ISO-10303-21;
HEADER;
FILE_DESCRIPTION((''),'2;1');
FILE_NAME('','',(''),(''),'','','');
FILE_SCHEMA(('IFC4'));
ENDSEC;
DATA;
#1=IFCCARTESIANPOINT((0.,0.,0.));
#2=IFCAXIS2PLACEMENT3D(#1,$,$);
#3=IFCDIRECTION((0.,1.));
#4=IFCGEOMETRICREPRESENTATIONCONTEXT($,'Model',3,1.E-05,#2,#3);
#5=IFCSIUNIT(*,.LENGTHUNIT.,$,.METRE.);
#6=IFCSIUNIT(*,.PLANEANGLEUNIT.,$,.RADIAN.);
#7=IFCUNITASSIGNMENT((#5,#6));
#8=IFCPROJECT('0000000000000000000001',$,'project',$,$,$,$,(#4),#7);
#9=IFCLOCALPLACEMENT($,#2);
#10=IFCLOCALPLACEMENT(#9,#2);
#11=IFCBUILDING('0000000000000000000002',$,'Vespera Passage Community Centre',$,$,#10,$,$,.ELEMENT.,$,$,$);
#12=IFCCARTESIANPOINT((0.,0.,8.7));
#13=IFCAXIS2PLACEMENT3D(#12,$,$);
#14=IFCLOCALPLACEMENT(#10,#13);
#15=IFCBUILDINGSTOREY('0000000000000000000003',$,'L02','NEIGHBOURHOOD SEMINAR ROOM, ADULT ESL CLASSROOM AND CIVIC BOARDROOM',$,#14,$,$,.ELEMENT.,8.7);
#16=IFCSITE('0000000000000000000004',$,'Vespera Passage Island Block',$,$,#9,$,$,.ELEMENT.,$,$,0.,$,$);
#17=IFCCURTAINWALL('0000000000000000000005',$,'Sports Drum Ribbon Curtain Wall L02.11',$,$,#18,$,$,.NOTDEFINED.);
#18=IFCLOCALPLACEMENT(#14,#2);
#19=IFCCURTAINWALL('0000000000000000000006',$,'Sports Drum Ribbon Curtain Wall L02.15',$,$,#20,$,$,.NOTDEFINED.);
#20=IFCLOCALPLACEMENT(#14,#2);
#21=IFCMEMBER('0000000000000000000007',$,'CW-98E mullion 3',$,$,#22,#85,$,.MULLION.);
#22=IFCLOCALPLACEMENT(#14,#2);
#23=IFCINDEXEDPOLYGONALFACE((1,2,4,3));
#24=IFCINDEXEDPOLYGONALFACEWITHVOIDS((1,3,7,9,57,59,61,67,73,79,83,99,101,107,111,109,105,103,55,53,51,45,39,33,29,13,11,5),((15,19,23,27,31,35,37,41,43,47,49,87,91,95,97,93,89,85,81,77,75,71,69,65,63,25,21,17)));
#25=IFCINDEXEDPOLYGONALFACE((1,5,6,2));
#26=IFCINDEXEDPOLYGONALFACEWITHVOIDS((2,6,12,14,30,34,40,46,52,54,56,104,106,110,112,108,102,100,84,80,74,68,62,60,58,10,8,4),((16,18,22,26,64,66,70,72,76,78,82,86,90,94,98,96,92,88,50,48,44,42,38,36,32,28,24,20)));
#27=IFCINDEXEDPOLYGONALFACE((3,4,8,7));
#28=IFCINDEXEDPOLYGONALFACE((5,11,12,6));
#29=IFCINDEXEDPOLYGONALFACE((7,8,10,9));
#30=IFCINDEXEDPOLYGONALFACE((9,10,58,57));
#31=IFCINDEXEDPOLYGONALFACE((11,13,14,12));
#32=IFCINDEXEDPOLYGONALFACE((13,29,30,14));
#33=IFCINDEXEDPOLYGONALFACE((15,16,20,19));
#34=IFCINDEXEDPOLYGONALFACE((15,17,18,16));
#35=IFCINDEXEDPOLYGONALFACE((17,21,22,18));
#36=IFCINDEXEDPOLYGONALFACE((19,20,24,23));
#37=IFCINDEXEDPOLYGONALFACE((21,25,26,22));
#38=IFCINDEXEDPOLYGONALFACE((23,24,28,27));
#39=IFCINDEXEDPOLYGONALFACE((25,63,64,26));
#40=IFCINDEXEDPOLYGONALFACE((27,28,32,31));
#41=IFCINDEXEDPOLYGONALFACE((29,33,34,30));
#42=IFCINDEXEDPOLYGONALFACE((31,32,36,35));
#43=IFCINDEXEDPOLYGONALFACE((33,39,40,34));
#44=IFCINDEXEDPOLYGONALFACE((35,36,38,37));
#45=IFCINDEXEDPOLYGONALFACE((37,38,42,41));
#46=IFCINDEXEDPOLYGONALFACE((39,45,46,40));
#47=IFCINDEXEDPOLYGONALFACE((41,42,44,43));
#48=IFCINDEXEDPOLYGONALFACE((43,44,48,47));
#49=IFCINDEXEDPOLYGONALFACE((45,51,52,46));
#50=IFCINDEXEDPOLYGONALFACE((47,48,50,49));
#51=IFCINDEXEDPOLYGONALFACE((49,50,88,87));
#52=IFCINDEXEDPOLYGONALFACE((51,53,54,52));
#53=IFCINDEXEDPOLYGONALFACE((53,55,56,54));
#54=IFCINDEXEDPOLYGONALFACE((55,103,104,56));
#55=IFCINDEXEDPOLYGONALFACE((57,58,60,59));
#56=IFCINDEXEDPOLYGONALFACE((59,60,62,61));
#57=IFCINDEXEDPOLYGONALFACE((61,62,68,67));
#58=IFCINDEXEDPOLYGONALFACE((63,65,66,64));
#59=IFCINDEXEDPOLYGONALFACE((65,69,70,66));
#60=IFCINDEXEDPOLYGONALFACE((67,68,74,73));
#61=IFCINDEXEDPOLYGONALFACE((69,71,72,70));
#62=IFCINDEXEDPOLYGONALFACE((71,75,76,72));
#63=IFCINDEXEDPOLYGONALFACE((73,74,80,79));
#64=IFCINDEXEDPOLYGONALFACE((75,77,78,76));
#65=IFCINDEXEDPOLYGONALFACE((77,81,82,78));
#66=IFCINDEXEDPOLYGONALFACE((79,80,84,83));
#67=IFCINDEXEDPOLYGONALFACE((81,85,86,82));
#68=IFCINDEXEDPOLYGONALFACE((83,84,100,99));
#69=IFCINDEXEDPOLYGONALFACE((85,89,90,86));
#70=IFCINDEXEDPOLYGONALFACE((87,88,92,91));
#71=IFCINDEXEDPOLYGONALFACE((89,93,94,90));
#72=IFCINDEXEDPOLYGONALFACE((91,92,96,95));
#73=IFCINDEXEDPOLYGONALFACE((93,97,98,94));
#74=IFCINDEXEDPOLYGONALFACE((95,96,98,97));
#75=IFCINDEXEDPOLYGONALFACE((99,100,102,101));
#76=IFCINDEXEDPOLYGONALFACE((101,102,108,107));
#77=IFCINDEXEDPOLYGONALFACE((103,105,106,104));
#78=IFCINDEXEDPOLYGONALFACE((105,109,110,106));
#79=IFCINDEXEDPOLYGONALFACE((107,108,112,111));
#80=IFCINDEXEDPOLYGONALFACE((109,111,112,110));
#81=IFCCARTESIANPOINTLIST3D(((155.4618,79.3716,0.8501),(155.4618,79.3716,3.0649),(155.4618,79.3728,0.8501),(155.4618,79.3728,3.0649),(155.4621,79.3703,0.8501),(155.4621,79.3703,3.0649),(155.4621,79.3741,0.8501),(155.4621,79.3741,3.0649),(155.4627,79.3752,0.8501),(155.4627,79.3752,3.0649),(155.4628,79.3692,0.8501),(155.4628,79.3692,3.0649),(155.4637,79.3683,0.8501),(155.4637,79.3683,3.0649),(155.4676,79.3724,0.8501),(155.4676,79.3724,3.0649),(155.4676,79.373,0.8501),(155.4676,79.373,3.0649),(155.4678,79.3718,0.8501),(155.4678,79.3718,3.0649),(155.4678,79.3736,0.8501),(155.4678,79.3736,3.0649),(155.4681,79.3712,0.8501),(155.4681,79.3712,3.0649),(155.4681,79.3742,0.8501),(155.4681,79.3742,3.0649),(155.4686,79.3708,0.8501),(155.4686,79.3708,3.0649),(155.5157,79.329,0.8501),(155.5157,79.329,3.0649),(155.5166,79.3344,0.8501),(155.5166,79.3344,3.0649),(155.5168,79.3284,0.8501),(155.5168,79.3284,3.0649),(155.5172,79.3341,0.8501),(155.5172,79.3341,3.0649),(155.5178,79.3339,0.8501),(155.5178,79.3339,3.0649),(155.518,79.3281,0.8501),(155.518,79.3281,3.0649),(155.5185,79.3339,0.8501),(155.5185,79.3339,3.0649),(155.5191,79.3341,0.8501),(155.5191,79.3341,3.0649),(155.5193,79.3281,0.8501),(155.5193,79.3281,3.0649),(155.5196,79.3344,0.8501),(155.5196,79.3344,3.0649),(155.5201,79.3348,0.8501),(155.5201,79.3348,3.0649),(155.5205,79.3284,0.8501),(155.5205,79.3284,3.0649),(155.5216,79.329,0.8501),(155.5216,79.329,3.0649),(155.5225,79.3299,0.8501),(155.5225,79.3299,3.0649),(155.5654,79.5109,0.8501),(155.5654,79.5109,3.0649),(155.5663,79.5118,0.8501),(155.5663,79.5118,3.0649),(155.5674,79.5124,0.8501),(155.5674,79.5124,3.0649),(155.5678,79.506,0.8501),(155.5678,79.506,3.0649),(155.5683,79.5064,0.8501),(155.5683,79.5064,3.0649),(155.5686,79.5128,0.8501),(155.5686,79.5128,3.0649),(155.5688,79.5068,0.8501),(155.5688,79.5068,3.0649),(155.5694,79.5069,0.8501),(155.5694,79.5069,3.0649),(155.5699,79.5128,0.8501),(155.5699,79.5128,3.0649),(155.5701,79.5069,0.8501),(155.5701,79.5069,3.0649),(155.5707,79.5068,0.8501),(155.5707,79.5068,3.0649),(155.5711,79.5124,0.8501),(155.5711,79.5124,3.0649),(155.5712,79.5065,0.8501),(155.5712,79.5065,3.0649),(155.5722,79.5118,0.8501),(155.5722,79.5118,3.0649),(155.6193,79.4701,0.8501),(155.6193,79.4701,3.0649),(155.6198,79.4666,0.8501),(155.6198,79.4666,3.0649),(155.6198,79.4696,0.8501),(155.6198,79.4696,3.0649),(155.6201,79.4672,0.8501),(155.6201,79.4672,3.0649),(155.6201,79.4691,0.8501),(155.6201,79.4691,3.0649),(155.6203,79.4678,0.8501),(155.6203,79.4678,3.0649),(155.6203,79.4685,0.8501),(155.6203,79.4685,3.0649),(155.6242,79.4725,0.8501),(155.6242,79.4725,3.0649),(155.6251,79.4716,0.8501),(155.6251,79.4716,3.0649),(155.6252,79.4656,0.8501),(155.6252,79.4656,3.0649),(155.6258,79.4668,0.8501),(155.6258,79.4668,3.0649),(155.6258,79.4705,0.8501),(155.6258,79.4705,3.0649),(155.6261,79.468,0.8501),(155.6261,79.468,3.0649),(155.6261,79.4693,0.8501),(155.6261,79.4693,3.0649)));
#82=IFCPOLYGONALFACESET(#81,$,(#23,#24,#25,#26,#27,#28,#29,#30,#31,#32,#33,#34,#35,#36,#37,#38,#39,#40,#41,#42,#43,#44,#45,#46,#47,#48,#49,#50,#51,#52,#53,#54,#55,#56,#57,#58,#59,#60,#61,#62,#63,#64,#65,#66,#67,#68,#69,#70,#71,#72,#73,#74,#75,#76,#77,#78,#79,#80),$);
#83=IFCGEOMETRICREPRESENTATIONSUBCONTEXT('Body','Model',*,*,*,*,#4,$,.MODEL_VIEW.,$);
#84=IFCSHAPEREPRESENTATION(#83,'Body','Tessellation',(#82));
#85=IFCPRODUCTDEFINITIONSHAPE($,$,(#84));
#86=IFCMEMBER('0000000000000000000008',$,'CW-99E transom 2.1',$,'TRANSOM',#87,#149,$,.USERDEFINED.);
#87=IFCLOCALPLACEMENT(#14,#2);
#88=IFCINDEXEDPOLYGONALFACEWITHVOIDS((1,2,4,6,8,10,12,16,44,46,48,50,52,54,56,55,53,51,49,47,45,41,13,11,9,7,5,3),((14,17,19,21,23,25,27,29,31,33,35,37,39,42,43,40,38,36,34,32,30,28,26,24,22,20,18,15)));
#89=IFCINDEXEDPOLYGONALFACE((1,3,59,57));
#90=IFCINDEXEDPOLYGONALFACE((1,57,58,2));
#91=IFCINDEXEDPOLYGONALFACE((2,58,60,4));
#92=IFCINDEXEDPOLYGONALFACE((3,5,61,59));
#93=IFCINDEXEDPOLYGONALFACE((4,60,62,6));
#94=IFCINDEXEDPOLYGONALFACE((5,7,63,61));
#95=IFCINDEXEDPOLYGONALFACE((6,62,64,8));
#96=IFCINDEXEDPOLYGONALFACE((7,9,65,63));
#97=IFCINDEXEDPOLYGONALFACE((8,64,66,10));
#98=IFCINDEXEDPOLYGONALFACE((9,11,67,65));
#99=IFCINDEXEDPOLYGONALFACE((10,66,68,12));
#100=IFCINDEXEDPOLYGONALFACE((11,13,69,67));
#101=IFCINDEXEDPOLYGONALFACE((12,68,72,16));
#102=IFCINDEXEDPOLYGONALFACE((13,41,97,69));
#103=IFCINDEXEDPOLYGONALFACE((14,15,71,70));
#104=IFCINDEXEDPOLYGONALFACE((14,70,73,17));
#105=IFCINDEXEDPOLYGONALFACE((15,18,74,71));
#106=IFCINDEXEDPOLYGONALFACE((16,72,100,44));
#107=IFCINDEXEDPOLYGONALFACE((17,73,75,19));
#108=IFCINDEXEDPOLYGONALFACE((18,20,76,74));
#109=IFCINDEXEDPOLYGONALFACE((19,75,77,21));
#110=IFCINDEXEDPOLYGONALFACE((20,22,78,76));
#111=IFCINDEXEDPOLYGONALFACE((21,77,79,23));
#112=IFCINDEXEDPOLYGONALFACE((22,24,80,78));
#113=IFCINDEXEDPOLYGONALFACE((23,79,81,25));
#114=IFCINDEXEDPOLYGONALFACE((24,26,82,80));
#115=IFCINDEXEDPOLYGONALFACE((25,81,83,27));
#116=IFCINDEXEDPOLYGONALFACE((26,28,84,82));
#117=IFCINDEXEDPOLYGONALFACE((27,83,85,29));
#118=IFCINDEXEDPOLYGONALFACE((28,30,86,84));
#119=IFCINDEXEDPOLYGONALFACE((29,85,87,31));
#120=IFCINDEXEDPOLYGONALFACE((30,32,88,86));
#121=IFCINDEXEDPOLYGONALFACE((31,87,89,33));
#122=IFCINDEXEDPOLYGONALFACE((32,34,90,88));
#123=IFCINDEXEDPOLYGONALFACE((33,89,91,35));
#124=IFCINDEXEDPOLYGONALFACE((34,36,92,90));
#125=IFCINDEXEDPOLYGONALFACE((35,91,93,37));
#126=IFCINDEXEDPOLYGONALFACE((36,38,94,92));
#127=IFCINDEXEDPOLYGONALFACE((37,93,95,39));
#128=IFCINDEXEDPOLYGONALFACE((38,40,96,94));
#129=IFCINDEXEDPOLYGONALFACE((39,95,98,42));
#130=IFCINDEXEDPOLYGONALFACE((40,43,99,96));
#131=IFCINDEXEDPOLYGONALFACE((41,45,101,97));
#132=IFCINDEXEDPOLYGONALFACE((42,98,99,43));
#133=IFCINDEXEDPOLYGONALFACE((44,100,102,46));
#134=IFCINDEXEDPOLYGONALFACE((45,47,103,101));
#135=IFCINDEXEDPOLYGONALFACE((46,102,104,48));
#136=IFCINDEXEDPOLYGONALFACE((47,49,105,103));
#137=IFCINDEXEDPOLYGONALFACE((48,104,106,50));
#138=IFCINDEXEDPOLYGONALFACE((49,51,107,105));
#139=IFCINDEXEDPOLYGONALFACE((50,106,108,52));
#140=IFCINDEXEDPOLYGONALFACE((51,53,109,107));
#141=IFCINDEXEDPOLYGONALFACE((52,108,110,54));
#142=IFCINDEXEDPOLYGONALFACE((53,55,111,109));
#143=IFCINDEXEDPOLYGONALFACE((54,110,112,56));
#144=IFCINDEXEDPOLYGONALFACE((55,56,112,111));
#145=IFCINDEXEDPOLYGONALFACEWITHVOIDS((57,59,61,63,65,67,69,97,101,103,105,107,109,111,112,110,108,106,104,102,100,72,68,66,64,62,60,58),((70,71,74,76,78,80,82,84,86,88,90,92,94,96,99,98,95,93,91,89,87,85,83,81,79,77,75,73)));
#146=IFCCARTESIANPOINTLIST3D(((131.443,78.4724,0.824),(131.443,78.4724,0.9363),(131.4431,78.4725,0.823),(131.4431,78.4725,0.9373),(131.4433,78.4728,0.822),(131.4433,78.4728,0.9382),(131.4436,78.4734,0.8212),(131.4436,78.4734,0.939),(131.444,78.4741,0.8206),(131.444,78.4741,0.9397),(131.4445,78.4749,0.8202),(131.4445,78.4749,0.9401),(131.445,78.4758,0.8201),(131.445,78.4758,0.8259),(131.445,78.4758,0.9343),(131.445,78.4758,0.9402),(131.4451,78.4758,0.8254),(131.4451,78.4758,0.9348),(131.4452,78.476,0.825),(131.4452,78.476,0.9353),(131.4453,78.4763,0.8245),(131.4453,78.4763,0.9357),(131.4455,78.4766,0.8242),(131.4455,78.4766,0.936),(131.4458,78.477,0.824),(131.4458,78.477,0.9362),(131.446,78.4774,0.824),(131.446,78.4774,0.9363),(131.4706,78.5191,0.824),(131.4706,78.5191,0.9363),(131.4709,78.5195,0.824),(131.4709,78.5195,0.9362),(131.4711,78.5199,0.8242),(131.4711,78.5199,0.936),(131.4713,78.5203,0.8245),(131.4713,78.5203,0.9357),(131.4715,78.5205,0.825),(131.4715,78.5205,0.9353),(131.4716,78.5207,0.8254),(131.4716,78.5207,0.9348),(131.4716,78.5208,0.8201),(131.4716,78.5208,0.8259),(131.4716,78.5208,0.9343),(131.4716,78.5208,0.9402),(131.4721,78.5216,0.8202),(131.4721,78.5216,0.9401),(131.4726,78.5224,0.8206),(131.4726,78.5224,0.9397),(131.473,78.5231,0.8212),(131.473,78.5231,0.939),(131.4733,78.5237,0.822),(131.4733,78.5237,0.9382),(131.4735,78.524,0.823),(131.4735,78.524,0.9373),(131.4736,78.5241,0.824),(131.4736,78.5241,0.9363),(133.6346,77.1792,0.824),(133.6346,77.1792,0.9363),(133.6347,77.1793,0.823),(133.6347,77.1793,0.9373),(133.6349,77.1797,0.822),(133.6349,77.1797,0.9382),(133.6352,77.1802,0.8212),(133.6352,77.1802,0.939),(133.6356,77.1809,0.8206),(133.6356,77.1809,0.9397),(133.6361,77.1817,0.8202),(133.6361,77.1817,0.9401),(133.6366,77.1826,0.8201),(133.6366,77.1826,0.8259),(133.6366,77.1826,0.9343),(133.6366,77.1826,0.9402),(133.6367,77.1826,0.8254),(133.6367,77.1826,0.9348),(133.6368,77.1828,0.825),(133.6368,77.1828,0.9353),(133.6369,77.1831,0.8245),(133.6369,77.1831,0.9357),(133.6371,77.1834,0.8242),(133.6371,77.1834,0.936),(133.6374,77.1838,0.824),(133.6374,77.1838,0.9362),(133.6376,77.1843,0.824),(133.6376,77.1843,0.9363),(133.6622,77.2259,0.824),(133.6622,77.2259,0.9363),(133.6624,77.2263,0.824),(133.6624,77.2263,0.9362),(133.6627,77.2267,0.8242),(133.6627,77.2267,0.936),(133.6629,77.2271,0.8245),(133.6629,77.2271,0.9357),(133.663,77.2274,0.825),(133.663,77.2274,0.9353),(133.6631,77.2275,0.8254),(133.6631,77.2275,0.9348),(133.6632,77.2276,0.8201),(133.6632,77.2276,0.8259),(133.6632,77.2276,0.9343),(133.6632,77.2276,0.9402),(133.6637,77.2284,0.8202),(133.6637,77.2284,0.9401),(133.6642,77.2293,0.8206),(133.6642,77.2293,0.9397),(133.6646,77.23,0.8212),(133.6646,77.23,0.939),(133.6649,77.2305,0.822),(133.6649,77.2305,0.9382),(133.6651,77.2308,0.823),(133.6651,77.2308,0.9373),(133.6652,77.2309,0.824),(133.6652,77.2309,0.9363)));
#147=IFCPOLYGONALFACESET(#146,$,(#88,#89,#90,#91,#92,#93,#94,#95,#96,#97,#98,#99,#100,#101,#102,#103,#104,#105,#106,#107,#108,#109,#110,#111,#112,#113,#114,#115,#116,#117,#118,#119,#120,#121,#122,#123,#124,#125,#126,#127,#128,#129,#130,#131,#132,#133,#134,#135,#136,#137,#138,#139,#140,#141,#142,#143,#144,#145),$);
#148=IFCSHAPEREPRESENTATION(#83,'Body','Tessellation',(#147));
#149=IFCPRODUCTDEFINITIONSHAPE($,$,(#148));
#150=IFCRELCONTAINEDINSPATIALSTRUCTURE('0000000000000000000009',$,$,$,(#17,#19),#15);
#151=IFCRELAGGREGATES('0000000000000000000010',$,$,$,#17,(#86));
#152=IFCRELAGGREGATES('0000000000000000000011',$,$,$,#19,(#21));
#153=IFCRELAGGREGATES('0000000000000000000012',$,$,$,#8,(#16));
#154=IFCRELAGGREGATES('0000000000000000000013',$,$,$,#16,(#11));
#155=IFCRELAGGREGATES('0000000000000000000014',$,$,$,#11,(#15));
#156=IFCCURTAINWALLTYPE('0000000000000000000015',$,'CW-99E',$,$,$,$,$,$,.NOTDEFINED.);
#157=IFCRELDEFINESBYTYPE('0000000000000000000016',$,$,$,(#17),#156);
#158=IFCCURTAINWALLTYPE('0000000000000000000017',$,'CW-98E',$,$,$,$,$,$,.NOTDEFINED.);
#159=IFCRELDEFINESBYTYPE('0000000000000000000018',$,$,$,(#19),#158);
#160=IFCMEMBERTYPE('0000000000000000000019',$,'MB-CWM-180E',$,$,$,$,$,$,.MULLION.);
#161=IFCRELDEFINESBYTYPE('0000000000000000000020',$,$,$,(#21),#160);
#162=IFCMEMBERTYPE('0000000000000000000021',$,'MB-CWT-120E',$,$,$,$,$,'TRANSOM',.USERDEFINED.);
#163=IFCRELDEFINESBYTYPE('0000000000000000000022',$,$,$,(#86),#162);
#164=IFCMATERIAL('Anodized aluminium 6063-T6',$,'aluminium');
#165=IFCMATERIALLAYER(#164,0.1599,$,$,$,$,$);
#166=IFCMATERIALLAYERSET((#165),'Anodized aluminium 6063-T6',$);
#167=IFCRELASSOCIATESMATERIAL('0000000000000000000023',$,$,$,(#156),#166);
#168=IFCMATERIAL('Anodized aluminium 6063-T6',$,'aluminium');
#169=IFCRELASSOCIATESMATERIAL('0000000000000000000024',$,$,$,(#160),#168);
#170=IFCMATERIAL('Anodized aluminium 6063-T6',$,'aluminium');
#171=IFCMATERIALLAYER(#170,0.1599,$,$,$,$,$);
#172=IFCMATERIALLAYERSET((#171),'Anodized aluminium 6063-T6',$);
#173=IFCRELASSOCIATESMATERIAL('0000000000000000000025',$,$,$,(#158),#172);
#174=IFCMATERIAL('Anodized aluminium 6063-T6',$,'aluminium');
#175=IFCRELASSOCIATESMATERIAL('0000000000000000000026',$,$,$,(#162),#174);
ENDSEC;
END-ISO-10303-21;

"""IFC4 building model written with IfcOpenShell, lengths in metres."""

from ifc_helpers import new_model, si_unit, direction, frame, origin, origin_2d, place, context, subcontext, project, spatial, hollow_rectangle, extrude, material, layer, layer_set, material_profile, profile_set, type_object, element, aggregate, save


model = new_model("IFC4")

# Units and contexts
model_context = context("Model", 3, precision=1e-05, world=origin(), true_north=direction((0.0, 1.0)))
body_context = subcontext(model_context, "Body", "Model", "MODEL_VIEW")
ifc_project = project(units=[si_unit("LENGTHUNIT", "METRE"), si_unit("PLANEANGLEUNIT", "RADIAN")], contexts=[model_context])

# Site, building, storey
site_placement = place(None, origin())
site = spatial("IfcSite", under=ifc_project, at=site_placement, Name="Vespera Passage Island Block", CompositionType="ELEMENT", RefElevation=0.0)
building_placement = place(site_placement, origin())
building = spatial("IfcBuilding", under=site, at=building_placement, Name="Vespera Passage Community Centre", CompositionType="ELEMENT")
storey_placement = place(building_placement, frame((0.0, 0.0, 8.7)))
storey = spatial("IfcBuildingStorey", under=building, at=storey_placement, Name="L02", Description="NEIGHBOURHOOD SEMINAR ROOM, ADULT ESL CLASSROOM AND CIVIC BOARDROOM", CompositionType="ELEMENT", Elevation=8.7)

# Curtain wall
ifc_material_1 = material(Name="Anodized aluminium 6063-T6", Category="aluminium")
ifc_layer_1 = layer(ifc_material_1, 0.1599)
ifc_layer_set_1 = layer_set([ifc_layer_1], Name="Anodized aluminium 6063-T6")
curtain_wall_type_1 = type_object("IfcCurtainWallType", Name="CW-99E", PredefinedType="NOTDEFINED", material=ifc_layer_set_1)
curtain_wall_1_placement = place(storey_placement, origin())
curtain_wall_1 = element("IfcCurtainWall", 1, at=curtain_wall_1_placement, inside=storey, type_object=curtain_wall_type_1, Name="Sports Drum Ribbon Curtain Wall L02.11", PredefinedType="NOTDEFINED")
ifc_material_2 = material(Name="Anodized aluminium 6063-T6", Category="aluminium")
ifc_material_profile_1 = material_profile(ifc_material_2, hollow_rectangle(XDim=0.075, YDim=0.1799, WallThickness=0.0049, InnerFilletRadius=0.0024, OuterFilletRadius=0.0049, at=origin_2d()), Name="ALU180X75X5")
ifc_profile_set_1 = profile_set([ifc_material_profile_1], Name="Anodized aluminium 6063-T6")
member_type_1 = type_object("IfcMemberType", Name="MB-CWM-180E", PredefinedType="MULLION", material=ifc_profile_set_1)

# Curtain wall, member
ifc_material_3 = material(Name="Anodized aluminium 6063-T6", Category="aluminium")
ifc_layer_2 = layer(ifc_material_3, 0.1599)
ifc_layer_set_2 = layer_set([ifc_layer_2], Name="Anodized aluminium 6063-T6")
curtain_wall_type_2 = type_object("IfcCurtainWallType", Name="CW-98E", PredefinedType="NOTDEFINED", material=ifc_layer_set_2)
curtain_wall_2_placement = place(storey_placement, origin())
curtain_wall_2 = element("IfcCurtainWall", 2, at=curtain_wall_2_placement, inside=storey, type_object=curtain_wall_type_2, Name="Sports Drum Ribbon Curtain Wall L02.15", PredefinedType="NOTDEFINED")
member_1_placement = place(storey_placement, frame((155.5439, 79.4204, 0.8501), z_axis=(0.0, 0.0, 1.0), x_axis=(0.797434, -0.603406, 0.0)))
member_1 = element("IfcMember", 3, at=member_1_placement, type_object=member_type_1, Name="CW-98E mullion 3", PredefinedType="MULLION", context=body_context, shape_type="SweptSolid", body=[
    extrude(hollow_rectangle(XDim=0.075, YDim=0.1799, WallThickness=0.0049, InnerFilletRadius=0.0024, OuterFilletRadius=0.0049, at=origin_2d()), origin(), (0.0, 0.0, 1.0), 2.2148),
])

# Member
ifc_material_4 = material(Name="Anodized aluminium 6063-T6", Category="aluminium")
ifc_material_profile_2 = material_profile(ifc_material_4, hollow_rectangle(XDim=0.0601, YDim=0.1201, WallThickness=0.0039, InnerFilletRadius=0.002, OuterFilletRadius=0.0039, at=origin_2d()), Name="ALU120X60X4")
ifc_profile_set_2 = profile_set([ifc_material_profile_2], Name="Anodized aluminium 6063-T6")
member_type_2 = type_object("IfcMemberType", Name="MB-CWT-120E", ElementType="TRANSOM", PredefinedType="USERDEFINED", material=ifc_profile_set_2)
member_2_placement = place(storey_placement, frame((133.6499, 77.2051, 0.8801), z_axis=(-0.861245, 0.508189, 0.0), x_axis=(-0.508189, -0.861245, 0.0)))
member_2 = element("IfcMember", 4, at=member_2_placement, type_object=member_type_2, Name="CW-99E transom 2.1", ObjectType="TRANSOM", PredefinedType="USERDEFINED", context=body_context, shape_type="SweptSolid", body=[
    extrude(hollow_rectangle(XDim=0.0601, YDim=0.1201, WallThickness=0.0039, InnerFilletRadius=0.002, OuterFilletRadius=0.0039, at=origin_2d()), origin(), (0.0, 0.0, 1.0), 2.5447),
])
aggregate(curtain_wall_1, [member_2])

aggregate(curtain_wall_2, [member_1])

save(model, "model.ifc")
